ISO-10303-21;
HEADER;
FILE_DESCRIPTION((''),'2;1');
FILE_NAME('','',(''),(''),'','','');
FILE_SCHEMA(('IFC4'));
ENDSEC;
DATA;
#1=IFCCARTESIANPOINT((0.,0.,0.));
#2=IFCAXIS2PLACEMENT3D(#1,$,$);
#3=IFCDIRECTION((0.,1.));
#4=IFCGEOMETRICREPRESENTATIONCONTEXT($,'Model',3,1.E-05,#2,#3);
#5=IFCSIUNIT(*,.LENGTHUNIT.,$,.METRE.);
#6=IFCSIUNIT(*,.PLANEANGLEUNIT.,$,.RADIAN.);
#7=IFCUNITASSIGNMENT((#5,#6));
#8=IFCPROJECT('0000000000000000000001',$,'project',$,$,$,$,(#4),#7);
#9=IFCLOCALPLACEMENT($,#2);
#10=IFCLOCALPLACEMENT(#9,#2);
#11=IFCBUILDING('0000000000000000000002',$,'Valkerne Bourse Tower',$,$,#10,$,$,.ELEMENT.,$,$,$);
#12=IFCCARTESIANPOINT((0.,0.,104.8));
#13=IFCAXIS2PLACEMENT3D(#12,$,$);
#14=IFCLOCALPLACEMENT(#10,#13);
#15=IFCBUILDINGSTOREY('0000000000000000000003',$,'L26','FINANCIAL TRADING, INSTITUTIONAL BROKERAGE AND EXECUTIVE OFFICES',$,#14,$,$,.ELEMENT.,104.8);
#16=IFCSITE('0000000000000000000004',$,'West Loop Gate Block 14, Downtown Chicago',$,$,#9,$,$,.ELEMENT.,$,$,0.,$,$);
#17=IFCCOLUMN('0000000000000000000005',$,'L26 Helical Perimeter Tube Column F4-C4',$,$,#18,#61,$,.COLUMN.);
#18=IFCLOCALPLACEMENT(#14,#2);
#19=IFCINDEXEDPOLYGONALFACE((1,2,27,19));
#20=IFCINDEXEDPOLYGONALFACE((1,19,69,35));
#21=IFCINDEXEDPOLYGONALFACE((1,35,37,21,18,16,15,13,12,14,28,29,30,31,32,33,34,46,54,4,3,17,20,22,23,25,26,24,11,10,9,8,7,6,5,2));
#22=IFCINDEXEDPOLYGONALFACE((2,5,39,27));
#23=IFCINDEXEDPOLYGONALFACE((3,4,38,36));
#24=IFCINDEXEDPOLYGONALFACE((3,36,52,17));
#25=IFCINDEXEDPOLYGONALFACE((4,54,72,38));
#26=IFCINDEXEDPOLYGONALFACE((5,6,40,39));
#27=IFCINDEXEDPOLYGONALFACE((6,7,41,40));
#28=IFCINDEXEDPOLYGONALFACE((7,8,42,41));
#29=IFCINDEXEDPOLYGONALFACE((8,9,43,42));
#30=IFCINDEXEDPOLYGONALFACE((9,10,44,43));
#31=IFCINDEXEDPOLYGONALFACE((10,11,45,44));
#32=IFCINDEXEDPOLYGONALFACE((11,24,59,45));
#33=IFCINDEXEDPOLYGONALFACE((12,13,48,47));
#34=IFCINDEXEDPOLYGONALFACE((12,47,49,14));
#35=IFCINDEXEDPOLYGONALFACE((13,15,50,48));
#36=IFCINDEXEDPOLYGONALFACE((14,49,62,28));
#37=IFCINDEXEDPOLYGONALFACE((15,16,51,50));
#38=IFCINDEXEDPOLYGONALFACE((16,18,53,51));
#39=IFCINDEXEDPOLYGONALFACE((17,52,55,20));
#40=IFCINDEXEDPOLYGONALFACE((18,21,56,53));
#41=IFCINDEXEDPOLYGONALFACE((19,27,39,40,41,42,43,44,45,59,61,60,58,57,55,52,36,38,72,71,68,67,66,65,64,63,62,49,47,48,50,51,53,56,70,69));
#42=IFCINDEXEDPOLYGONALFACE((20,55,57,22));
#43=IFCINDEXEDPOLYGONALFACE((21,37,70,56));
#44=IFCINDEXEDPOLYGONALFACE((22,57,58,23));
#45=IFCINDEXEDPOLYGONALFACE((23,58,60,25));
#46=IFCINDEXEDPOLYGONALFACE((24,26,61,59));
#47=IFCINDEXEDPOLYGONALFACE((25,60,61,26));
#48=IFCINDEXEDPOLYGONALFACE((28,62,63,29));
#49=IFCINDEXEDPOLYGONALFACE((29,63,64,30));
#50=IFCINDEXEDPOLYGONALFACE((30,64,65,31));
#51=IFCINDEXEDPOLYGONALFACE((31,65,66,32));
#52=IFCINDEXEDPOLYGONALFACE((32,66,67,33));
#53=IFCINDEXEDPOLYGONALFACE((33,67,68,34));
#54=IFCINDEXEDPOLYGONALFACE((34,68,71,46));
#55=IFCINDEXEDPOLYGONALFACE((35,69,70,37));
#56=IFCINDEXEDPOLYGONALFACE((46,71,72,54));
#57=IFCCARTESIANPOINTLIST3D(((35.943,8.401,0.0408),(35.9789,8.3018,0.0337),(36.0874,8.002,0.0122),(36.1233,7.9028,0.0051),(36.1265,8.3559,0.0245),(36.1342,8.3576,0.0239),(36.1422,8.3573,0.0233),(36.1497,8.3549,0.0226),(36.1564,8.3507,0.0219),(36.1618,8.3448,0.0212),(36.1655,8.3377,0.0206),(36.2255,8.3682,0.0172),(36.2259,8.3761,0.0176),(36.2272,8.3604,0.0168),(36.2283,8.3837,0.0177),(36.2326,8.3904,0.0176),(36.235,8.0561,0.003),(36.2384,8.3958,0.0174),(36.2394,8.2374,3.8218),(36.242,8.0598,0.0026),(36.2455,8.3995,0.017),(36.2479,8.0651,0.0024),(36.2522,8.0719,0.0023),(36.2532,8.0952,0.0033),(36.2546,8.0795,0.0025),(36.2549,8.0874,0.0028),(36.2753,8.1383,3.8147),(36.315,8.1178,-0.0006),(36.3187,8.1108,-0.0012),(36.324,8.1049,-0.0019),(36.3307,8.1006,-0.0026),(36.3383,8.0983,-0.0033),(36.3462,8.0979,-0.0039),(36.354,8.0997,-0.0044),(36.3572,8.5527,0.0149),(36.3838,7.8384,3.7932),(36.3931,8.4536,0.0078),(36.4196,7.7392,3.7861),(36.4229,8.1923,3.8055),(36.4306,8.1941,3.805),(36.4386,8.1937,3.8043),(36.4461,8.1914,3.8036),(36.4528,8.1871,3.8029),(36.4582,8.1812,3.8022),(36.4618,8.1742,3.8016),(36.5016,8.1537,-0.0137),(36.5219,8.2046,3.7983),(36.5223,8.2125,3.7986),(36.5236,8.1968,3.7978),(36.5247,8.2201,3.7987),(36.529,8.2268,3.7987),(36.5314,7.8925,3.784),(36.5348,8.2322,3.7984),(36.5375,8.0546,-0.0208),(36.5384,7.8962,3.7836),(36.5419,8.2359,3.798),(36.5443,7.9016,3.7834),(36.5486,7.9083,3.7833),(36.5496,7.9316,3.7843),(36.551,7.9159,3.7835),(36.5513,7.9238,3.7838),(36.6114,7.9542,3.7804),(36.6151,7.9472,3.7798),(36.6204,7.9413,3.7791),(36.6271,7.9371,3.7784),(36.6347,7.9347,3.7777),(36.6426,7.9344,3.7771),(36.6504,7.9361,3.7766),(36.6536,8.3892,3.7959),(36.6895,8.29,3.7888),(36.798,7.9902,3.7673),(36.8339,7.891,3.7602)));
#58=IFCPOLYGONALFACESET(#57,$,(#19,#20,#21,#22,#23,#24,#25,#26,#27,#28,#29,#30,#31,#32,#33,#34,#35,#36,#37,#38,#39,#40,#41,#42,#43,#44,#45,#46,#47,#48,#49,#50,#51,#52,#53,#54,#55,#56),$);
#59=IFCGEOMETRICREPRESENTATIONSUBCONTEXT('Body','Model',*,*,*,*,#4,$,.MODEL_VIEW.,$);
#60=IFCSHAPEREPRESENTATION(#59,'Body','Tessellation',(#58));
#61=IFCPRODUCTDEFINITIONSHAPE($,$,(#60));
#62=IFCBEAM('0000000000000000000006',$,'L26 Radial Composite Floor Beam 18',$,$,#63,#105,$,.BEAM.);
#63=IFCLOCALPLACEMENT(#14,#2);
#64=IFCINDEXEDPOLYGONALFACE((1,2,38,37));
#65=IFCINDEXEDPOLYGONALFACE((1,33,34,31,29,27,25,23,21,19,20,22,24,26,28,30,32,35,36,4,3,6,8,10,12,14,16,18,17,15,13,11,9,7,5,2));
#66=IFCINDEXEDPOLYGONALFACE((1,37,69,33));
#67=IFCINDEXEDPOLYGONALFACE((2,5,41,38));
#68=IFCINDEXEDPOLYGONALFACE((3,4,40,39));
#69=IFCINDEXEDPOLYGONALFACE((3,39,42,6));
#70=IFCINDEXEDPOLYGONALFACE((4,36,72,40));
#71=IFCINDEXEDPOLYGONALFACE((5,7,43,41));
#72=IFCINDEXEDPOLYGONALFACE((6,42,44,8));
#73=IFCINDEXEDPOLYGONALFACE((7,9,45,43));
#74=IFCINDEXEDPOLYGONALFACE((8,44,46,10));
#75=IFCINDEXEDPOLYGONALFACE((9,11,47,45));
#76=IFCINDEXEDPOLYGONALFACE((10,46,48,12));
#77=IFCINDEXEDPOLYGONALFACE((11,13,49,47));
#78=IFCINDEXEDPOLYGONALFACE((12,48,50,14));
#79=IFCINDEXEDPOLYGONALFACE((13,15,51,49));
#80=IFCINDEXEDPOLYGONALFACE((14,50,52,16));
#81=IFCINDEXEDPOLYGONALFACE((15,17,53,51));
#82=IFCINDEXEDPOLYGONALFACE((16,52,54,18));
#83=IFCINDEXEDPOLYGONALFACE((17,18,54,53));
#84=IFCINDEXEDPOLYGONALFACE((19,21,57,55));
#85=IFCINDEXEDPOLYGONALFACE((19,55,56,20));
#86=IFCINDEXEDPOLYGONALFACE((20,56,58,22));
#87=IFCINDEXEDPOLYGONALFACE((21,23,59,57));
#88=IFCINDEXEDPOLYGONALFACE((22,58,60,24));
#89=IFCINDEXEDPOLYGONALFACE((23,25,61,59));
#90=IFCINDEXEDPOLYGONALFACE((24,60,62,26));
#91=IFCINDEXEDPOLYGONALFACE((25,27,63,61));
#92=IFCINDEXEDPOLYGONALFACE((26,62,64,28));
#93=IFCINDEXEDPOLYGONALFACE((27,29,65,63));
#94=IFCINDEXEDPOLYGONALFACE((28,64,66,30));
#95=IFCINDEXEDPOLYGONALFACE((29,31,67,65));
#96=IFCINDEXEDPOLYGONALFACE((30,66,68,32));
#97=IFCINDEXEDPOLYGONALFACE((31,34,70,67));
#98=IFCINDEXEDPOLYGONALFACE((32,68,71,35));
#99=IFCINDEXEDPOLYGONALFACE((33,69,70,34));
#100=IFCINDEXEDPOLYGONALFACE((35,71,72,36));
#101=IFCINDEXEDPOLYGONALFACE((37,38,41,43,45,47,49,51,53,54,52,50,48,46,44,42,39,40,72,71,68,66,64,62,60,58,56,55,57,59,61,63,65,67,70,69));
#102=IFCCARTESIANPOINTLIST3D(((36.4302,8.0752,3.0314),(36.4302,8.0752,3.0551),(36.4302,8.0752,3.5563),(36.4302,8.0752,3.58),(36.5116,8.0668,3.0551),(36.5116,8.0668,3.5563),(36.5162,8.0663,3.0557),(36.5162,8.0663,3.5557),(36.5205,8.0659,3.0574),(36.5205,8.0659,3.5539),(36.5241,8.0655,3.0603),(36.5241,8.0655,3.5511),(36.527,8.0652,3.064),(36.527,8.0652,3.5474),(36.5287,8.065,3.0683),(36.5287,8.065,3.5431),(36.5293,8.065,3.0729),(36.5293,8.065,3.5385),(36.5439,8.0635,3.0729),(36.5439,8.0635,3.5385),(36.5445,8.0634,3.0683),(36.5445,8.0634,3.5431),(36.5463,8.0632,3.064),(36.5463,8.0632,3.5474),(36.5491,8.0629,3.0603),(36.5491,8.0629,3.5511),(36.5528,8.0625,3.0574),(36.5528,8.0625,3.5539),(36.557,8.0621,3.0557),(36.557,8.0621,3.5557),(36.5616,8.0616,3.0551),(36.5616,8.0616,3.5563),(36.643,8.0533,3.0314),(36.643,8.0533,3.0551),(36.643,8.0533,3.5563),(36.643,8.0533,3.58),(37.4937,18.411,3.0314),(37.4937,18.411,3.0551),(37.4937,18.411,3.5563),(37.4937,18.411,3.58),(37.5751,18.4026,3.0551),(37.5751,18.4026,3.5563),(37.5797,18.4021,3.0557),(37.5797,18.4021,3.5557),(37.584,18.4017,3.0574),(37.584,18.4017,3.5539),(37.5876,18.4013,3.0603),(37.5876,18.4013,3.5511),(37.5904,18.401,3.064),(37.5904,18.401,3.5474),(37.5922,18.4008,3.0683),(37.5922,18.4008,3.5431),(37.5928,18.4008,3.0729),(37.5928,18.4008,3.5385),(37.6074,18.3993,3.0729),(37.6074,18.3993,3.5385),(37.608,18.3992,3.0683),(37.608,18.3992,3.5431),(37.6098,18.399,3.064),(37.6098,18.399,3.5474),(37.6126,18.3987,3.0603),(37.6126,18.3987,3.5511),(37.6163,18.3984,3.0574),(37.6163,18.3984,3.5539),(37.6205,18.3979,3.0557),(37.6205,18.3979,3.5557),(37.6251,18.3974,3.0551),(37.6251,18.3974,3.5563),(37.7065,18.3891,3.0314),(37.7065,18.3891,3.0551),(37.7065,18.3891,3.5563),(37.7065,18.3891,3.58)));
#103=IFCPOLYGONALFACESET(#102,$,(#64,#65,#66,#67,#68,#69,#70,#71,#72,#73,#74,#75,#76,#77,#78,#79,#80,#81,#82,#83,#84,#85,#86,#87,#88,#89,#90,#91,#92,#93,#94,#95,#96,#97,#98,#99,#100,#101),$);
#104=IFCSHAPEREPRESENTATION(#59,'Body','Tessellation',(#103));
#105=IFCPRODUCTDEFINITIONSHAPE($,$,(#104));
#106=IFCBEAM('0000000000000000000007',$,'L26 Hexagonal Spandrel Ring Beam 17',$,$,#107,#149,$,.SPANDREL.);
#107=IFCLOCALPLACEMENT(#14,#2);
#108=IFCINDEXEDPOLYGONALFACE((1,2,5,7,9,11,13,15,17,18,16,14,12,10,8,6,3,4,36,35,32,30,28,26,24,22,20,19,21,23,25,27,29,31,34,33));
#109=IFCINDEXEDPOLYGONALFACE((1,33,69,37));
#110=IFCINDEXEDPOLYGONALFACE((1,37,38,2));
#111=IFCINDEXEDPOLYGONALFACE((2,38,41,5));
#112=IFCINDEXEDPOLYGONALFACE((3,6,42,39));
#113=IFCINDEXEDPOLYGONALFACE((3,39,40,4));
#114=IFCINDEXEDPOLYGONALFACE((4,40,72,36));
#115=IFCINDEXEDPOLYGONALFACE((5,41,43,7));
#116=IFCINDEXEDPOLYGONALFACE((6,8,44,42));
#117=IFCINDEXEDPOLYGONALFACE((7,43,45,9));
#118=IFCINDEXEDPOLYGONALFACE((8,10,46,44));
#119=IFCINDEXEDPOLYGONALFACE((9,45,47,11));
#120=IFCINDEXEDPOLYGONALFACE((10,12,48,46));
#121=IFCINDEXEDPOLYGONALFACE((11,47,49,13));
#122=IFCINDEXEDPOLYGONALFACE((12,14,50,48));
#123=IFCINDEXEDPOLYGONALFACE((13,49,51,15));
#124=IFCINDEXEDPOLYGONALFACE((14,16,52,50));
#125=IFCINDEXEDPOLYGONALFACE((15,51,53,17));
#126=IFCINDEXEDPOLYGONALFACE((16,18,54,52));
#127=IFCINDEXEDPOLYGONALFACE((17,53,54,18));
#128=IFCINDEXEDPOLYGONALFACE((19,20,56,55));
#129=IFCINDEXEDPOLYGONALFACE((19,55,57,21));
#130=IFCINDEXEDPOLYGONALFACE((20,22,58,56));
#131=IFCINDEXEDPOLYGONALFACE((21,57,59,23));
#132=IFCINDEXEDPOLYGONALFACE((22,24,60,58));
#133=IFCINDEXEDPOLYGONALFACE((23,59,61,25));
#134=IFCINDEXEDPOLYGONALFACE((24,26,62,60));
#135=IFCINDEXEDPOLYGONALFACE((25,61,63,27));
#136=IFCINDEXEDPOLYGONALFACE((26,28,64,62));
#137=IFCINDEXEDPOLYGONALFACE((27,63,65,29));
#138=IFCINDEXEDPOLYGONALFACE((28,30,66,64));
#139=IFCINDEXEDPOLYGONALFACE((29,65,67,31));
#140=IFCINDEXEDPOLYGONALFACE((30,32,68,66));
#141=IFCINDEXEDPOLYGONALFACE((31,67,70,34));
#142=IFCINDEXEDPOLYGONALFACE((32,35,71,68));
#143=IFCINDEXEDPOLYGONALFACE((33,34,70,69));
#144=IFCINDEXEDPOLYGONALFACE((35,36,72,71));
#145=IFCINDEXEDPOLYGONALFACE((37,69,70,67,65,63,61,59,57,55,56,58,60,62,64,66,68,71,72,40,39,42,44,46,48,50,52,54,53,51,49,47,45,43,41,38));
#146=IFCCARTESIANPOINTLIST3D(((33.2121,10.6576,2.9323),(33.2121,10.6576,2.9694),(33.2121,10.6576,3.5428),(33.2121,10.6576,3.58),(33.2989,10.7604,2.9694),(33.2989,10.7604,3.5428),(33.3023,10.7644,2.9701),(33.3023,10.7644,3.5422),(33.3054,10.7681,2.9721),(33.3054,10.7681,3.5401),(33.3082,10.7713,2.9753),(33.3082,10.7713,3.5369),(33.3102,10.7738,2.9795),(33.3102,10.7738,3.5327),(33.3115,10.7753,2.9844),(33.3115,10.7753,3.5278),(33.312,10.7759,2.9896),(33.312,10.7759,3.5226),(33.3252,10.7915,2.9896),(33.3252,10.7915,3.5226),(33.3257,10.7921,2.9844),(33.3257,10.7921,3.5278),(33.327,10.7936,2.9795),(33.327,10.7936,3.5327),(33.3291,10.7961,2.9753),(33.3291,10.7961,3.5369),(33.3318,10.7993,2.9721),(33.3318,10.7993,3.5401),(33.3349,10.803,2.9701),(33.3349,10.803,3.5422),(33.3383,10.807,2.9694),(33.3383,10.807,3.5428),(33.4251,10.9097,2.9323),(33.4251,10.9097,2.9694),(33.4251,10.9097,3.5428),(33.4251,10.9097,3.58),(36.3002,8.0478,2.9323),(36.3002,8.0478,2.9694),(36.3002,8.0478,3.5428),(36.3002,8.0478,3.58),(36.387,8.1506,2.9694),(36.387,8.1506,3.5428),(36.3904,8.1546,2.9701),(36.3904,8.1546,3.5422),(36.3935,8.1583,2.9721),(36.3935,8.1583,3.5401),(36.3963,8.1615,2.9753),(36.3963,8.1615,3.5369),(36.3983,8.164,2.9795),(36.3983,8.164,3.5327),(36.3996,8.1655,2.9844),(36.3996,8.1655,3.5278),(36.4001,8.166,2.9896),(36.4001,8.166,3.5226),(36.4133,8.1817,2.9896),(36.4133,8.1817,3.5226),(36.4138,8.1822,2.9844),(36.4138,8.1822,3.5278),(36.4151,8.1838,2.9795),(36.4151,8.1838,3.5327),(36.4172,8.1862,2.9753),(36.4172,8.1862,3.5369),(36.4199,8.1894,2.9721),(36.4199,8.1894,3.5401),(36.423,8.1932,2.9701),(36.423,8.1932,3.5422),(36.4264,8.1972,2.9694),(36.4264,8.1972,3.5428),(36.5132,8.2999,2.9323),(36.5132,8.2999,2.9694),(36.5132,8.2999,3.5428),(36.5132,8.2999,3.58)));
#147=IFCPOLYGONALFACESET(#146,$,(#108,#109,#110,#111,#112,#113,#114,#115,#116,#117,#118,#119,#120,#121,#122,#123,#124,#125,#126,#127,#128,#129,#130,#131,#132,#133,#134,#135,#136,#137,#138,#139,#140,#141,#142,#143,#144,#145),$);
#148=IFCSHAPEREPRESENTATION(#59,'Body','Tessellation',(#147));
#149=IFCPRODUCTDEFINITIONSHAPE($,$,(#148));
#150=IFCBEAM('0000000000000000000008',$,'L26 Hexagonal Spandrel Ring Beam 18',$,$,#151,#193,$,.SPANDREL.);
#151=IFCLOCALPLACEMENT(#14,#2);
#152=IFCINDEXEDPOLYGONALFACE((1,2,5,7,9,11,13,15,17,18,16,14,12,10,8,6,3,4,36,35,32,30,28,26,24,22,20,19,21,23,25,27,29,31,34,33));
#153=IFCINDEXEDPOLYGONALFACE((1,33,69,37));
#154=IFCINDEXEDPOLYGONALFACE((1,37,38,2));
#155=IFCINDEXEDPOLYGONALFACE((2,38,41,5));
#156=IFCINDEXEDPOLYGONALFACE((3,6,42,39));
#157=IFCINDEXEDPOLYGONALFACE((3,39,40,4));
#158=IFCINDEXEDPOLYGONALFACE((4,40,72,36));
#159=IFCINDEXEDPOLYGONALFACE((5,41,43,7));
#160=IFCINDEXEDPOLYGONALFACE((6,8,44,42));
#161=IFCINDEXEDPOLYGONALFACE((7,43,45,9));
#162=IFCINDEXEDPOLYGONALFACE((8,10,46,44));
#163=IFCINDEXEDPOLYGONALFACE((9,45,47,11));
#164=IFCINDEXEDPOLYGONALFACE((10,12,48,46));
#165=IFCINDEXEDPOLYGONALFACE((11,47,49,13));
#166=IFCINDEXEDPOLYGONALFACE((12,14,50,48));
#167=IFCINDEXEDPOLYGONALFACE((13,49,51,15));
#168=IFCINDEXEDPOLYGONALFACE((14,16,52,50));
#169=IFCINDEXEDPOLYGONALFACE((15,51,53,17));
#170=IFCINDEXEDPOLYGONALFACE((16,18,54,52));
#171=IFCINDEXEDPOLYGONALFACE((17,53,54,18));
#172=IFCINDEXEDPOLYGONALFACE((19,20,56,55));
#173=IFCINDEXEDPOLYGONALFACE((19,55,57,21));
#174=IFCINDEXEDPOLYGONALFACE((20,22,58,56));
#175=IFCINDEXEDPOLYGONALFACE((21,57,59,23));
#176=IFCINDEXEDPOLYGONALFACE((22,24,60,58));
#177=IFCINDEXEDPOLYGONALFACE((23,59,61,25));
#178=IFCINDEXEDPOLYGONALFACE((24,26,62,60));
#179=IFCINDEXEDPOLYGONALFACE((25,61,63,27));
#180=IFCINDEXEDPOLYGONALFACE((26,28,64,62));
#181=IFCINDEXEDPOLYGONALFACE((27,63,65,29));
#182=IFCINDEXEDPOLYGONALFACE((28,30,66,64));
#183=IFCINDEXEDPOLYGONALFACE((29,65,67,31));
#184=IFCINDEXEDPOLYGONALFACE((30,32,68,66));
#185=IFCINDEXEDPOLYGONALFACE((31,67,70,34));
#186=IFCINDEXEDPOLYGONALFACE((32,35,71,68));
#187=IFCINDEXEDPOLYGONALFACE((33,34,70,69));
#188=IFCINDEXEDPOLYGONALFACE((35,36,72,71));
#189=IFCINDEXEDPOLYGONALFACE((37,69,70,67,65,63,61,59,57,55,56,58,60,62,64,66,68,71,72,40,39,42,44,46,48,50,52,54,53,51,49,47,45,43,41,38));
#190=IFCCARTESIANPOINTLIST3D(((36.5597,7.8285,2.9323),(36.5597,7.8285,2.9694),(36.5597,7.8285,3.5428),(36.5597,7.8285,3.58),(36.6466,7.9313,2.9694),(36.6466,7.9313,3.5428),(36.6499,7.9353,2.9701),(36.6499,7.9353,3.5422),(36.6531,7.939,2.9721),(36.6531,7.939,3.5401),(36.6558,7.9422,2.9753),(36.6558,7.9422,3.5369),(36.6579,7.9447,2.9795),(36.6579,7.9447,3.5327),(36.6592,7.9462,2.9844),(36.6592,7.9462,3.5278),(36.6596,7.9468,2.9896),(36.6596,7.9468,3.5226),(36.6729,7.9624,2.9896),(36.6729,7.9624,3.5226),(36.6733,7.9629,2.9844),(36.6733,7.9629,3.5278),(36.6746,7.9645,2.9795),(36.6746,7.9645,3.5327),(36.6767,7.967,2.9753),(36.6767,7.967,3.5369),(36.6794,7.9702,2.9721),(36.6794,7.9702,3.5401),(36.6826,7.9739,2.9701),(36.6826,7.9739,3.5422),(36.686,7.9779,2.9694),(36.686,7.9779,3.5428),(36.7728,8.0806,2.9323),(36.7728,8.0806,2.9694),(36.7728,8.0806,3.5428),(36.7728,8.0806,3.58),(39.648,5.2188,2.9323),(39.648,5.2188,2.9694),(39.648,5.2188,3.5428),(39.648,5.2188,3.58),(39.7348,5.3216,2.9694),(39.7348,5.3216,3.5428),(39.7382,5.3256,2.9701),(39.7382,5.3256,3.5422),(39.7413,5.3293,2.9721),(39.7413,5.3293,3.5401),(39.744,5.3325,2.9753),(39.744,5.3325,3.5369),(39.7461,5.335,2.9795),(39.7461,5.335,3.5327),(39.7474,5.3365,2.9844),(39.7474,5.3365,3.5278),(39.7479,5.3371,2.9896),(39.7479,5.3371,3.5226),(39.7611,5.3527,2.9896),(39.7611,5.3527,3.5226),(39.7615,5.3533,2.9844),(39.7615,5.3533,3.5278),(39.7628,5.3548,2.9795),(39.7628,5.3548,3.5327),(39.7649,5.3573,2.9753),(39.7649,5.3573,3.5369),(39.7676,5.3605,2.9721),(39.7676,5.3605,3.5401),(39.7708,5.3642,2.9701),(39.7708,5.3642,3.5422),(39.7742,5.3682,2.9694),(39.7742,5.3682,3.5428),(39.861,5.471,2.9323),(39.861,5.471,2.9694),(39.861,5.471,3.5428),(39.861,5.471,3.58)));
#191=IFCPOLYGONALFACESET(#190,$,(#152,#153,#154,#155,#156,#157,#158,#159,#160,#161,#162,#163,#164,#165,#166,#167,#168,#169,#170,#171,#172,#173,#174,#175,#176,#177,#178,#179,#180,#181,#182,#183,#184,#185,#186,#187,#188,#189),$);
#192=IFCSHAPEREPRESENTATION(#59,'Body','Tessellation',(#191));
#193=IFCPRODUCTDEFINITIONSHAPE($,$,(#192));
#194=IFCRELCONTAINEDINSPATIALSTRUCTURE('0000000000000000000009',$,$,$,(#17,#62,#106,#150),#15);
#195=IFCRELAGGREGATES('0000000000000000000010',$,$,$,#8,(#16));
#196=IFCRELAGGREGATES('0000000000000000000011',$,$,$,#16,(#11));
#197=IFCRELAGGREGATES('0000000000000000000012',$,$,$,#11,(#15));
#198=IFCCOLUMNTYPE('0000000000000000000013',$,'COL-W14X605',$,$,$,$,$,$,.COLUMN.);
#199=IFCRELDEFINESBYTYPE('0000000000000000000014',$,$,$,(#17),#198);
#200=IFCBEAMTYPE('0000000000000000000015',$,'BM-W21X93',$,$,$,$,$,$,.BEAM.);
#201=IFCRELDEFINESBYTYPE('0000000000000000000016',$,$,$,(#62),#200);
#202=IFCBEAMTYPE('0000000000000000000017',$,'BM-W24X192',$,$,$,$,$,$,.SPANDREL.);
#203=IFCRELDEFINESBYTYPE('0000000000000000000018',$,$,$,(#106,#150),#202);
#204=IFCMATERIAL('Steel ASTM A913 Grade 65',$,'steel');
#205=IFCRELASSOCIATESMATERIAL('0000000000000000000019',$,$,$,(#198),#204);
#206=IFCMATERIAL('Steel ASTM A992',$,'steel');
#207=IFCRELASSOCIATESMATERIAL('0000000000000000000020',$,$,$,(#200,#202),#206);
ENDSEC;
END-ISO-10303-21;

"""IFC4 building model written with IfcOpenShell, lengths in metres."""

from ifc_helpers import new_model, si_unit, direction, frame, origin, origin_2d, place, context, subcontext, project, spatial, i_section, extrude, material, material_profile, profile_set, type_object, element, save


model = new_model("IFC4")

# Units and contexts
model_context = context("Model", 3, precision=1e-05, world=origin(), true_north=direction((0.0, 1.0)))
body_context = subcontext(model_context, "Body", "Model", "MODEL_VIEW")
ifc_project = project(units=[si_unit("LENGTHUNIT", "METRE"), si_unit("PLANEANGLEUNIT", "RADIAN")], contexts=[model_context])

# Site, building, storey
site_placement = place(None, origin())
site = spatial("IfcSite", under=ifc_project, at=site_placement, Name="West Loop Gate Block 14, Downtown Chicago", CompositionType="ELEMENT", RefElevation=0.0)
building_placement = place(site_placement, origin())
building = spatial("IfcBuilding", under=site, at=building_placement, Name="Valkerne Bourse Tower", CompositionType="ELEMENT")
storey_placement = place(building_placement, frame((0.0, 0.0, 104.8)))
storey = spatial("IfcBuildingStorey", under=building, at=storey_placement, Name="L26", Description="FINANCIAL TRADING, INSTITUTIONAL BROKERAGE AND EXECUTIVE OFFICES", CompositionType="ELEMENT", Elevation=104.8)

# Column
ifc_material_1 = material(Name="Steel ASTM A913 Grade 65", Category="steel")
ifc_material_profile_1 = material_profile(ifc_material_1, i_section(OverallWidth=0.4419, OverallDepth=0.531, WebThickness=0.0659, FlangeThickness=0.1057, FilletRadius=0.0305, at=origin_2d()), Name="W14X605")
ifc_profile_set_1 = profile_set([ifc_material_profile_1], Name="Steel ASTM A913 Grade 65")
column_type = type_object("IfcColumnType", Name="COL-W14X605", PredefinedType="COLUMN", material=ifc_profile_set_1)
column_placement = place(storey_placement, frame((36.2402, 8.2278, 0.01), z_axis=(0.078076, -0.04309, 0.996016), x_axis=(0.937364, 0.343383, -0.058623)))
element("IfcColumn", 1, at=column_placement, inside=storey, type_object=column_type, Name="L26 Helical Perimeter Tube Column F4-C4", PredefinedType="COLUMN", context=body_context, shape_type="SweptSolid", body=[
    extrude(i_section(OverallWidth=0.4419, OverallDepth=0.531, WebThickness=0.0659, FlangeThickness=0.1057, FilletRadius=0.0305, at=origin_2d()), origin(), (0.0, 0.0, 1.0), 3.7961),
])

# Beams
ifc_material_2 = material(Name="Steel ASTM A992", Category="steel")
ifc_material_profile_2 = material_profile(ifc_material_2, i_section(OverallWidth=0.2139, OverallDepth=0.5486, WebThickness=0.0146, FlangeThickness=0.0237, FilletRadius=0.0178, at=origin_2d()), Name="W21X93")
ifc_profile_set_2 = profile_set([ifc_material_profile_2], Name="Steel ASTM A992")
beam_type_1 = type_object("IfcBeamType", Name="BM-W21X93", PredefinedType="BEAM", material=ifc_profile_set_2)
beam_1_placement = place(storey_placement, frame((36.5366, 8.0642, 3.3057), z_axis=(0.102353, 0.994748, 0.0), x_axis=(-0.994748, 0.102353, 0.0)))
element("IfcBeam", 2, at=beam_1_placement, inside=storey, type_object=beam_type_1, Name="L26 Radial Composite Floor Beam 18", PredefinedType="BEAM", context=body_context, shape_type="SweptSolid", body=[
    extrude(i_section(OverallWidth=0.2139, OverallDepth=0.5486, WebThickness=0.0146, FlangeThickness=0.0237, FilletRadius=0.0178, at=origin_2d()), origin(), (0.0, 0.0, 1.0), 10.3904),
])
ifc_material_profile_3 = material_profile(ifc_material_2, i_section(OverallWidth=0.3301, OverallDepth=0.6477, WebThickness=0.0205, FlangeThickness=0.0371, FilletRadius=0.0203, at=origin_2d()), Name="W24X192")
ifc_profile_set_3 = profile_set([ifc_material_profile_3], Name="Steel ASTM A992")
beam_type_2 = type_object("IfcBeamType", Name="BM-W24X192", PredefinedType="SPANDREL", material=ifc_profile_set_3)
for number, where, z_axis, x_axis, name in (
    (3, (33.3186, 10.7837, 3.2561), (0.763773, -0.645485, 0.0), (0.645485, 0.763773, 0.0), "L26 Hexagonal Spandrel Ring Beam 17"),
    (4, (36.6663, 7.9546, 3.2561), (0.763803, -0.645449, 0.0), (0.645449, 0.763803, 0.0), "L26 Hexagonal Spandrel Ring Beam 18"),
):
    element("IfcBeam", number, at=place(storey_placement, frame(where, z_axis=z_axis, x_axis=x_axis)), inside=storey, type_object=beam_type_2, Name=name, PredefinedType="SPANDREL", context=body_context, shape_type="SweptSolid", body=[
        extrude(i_section(OverallWidth=0.3301, OverallDepth=0.6477, WebThickness=0.0205, FlangeThickness=0.0371, FilletRadius=0.0203, at=origin_2d()), origin(), (0.0, 0.0, 1.0), 4.0432),
    ])

save(model, "model.ifc")
